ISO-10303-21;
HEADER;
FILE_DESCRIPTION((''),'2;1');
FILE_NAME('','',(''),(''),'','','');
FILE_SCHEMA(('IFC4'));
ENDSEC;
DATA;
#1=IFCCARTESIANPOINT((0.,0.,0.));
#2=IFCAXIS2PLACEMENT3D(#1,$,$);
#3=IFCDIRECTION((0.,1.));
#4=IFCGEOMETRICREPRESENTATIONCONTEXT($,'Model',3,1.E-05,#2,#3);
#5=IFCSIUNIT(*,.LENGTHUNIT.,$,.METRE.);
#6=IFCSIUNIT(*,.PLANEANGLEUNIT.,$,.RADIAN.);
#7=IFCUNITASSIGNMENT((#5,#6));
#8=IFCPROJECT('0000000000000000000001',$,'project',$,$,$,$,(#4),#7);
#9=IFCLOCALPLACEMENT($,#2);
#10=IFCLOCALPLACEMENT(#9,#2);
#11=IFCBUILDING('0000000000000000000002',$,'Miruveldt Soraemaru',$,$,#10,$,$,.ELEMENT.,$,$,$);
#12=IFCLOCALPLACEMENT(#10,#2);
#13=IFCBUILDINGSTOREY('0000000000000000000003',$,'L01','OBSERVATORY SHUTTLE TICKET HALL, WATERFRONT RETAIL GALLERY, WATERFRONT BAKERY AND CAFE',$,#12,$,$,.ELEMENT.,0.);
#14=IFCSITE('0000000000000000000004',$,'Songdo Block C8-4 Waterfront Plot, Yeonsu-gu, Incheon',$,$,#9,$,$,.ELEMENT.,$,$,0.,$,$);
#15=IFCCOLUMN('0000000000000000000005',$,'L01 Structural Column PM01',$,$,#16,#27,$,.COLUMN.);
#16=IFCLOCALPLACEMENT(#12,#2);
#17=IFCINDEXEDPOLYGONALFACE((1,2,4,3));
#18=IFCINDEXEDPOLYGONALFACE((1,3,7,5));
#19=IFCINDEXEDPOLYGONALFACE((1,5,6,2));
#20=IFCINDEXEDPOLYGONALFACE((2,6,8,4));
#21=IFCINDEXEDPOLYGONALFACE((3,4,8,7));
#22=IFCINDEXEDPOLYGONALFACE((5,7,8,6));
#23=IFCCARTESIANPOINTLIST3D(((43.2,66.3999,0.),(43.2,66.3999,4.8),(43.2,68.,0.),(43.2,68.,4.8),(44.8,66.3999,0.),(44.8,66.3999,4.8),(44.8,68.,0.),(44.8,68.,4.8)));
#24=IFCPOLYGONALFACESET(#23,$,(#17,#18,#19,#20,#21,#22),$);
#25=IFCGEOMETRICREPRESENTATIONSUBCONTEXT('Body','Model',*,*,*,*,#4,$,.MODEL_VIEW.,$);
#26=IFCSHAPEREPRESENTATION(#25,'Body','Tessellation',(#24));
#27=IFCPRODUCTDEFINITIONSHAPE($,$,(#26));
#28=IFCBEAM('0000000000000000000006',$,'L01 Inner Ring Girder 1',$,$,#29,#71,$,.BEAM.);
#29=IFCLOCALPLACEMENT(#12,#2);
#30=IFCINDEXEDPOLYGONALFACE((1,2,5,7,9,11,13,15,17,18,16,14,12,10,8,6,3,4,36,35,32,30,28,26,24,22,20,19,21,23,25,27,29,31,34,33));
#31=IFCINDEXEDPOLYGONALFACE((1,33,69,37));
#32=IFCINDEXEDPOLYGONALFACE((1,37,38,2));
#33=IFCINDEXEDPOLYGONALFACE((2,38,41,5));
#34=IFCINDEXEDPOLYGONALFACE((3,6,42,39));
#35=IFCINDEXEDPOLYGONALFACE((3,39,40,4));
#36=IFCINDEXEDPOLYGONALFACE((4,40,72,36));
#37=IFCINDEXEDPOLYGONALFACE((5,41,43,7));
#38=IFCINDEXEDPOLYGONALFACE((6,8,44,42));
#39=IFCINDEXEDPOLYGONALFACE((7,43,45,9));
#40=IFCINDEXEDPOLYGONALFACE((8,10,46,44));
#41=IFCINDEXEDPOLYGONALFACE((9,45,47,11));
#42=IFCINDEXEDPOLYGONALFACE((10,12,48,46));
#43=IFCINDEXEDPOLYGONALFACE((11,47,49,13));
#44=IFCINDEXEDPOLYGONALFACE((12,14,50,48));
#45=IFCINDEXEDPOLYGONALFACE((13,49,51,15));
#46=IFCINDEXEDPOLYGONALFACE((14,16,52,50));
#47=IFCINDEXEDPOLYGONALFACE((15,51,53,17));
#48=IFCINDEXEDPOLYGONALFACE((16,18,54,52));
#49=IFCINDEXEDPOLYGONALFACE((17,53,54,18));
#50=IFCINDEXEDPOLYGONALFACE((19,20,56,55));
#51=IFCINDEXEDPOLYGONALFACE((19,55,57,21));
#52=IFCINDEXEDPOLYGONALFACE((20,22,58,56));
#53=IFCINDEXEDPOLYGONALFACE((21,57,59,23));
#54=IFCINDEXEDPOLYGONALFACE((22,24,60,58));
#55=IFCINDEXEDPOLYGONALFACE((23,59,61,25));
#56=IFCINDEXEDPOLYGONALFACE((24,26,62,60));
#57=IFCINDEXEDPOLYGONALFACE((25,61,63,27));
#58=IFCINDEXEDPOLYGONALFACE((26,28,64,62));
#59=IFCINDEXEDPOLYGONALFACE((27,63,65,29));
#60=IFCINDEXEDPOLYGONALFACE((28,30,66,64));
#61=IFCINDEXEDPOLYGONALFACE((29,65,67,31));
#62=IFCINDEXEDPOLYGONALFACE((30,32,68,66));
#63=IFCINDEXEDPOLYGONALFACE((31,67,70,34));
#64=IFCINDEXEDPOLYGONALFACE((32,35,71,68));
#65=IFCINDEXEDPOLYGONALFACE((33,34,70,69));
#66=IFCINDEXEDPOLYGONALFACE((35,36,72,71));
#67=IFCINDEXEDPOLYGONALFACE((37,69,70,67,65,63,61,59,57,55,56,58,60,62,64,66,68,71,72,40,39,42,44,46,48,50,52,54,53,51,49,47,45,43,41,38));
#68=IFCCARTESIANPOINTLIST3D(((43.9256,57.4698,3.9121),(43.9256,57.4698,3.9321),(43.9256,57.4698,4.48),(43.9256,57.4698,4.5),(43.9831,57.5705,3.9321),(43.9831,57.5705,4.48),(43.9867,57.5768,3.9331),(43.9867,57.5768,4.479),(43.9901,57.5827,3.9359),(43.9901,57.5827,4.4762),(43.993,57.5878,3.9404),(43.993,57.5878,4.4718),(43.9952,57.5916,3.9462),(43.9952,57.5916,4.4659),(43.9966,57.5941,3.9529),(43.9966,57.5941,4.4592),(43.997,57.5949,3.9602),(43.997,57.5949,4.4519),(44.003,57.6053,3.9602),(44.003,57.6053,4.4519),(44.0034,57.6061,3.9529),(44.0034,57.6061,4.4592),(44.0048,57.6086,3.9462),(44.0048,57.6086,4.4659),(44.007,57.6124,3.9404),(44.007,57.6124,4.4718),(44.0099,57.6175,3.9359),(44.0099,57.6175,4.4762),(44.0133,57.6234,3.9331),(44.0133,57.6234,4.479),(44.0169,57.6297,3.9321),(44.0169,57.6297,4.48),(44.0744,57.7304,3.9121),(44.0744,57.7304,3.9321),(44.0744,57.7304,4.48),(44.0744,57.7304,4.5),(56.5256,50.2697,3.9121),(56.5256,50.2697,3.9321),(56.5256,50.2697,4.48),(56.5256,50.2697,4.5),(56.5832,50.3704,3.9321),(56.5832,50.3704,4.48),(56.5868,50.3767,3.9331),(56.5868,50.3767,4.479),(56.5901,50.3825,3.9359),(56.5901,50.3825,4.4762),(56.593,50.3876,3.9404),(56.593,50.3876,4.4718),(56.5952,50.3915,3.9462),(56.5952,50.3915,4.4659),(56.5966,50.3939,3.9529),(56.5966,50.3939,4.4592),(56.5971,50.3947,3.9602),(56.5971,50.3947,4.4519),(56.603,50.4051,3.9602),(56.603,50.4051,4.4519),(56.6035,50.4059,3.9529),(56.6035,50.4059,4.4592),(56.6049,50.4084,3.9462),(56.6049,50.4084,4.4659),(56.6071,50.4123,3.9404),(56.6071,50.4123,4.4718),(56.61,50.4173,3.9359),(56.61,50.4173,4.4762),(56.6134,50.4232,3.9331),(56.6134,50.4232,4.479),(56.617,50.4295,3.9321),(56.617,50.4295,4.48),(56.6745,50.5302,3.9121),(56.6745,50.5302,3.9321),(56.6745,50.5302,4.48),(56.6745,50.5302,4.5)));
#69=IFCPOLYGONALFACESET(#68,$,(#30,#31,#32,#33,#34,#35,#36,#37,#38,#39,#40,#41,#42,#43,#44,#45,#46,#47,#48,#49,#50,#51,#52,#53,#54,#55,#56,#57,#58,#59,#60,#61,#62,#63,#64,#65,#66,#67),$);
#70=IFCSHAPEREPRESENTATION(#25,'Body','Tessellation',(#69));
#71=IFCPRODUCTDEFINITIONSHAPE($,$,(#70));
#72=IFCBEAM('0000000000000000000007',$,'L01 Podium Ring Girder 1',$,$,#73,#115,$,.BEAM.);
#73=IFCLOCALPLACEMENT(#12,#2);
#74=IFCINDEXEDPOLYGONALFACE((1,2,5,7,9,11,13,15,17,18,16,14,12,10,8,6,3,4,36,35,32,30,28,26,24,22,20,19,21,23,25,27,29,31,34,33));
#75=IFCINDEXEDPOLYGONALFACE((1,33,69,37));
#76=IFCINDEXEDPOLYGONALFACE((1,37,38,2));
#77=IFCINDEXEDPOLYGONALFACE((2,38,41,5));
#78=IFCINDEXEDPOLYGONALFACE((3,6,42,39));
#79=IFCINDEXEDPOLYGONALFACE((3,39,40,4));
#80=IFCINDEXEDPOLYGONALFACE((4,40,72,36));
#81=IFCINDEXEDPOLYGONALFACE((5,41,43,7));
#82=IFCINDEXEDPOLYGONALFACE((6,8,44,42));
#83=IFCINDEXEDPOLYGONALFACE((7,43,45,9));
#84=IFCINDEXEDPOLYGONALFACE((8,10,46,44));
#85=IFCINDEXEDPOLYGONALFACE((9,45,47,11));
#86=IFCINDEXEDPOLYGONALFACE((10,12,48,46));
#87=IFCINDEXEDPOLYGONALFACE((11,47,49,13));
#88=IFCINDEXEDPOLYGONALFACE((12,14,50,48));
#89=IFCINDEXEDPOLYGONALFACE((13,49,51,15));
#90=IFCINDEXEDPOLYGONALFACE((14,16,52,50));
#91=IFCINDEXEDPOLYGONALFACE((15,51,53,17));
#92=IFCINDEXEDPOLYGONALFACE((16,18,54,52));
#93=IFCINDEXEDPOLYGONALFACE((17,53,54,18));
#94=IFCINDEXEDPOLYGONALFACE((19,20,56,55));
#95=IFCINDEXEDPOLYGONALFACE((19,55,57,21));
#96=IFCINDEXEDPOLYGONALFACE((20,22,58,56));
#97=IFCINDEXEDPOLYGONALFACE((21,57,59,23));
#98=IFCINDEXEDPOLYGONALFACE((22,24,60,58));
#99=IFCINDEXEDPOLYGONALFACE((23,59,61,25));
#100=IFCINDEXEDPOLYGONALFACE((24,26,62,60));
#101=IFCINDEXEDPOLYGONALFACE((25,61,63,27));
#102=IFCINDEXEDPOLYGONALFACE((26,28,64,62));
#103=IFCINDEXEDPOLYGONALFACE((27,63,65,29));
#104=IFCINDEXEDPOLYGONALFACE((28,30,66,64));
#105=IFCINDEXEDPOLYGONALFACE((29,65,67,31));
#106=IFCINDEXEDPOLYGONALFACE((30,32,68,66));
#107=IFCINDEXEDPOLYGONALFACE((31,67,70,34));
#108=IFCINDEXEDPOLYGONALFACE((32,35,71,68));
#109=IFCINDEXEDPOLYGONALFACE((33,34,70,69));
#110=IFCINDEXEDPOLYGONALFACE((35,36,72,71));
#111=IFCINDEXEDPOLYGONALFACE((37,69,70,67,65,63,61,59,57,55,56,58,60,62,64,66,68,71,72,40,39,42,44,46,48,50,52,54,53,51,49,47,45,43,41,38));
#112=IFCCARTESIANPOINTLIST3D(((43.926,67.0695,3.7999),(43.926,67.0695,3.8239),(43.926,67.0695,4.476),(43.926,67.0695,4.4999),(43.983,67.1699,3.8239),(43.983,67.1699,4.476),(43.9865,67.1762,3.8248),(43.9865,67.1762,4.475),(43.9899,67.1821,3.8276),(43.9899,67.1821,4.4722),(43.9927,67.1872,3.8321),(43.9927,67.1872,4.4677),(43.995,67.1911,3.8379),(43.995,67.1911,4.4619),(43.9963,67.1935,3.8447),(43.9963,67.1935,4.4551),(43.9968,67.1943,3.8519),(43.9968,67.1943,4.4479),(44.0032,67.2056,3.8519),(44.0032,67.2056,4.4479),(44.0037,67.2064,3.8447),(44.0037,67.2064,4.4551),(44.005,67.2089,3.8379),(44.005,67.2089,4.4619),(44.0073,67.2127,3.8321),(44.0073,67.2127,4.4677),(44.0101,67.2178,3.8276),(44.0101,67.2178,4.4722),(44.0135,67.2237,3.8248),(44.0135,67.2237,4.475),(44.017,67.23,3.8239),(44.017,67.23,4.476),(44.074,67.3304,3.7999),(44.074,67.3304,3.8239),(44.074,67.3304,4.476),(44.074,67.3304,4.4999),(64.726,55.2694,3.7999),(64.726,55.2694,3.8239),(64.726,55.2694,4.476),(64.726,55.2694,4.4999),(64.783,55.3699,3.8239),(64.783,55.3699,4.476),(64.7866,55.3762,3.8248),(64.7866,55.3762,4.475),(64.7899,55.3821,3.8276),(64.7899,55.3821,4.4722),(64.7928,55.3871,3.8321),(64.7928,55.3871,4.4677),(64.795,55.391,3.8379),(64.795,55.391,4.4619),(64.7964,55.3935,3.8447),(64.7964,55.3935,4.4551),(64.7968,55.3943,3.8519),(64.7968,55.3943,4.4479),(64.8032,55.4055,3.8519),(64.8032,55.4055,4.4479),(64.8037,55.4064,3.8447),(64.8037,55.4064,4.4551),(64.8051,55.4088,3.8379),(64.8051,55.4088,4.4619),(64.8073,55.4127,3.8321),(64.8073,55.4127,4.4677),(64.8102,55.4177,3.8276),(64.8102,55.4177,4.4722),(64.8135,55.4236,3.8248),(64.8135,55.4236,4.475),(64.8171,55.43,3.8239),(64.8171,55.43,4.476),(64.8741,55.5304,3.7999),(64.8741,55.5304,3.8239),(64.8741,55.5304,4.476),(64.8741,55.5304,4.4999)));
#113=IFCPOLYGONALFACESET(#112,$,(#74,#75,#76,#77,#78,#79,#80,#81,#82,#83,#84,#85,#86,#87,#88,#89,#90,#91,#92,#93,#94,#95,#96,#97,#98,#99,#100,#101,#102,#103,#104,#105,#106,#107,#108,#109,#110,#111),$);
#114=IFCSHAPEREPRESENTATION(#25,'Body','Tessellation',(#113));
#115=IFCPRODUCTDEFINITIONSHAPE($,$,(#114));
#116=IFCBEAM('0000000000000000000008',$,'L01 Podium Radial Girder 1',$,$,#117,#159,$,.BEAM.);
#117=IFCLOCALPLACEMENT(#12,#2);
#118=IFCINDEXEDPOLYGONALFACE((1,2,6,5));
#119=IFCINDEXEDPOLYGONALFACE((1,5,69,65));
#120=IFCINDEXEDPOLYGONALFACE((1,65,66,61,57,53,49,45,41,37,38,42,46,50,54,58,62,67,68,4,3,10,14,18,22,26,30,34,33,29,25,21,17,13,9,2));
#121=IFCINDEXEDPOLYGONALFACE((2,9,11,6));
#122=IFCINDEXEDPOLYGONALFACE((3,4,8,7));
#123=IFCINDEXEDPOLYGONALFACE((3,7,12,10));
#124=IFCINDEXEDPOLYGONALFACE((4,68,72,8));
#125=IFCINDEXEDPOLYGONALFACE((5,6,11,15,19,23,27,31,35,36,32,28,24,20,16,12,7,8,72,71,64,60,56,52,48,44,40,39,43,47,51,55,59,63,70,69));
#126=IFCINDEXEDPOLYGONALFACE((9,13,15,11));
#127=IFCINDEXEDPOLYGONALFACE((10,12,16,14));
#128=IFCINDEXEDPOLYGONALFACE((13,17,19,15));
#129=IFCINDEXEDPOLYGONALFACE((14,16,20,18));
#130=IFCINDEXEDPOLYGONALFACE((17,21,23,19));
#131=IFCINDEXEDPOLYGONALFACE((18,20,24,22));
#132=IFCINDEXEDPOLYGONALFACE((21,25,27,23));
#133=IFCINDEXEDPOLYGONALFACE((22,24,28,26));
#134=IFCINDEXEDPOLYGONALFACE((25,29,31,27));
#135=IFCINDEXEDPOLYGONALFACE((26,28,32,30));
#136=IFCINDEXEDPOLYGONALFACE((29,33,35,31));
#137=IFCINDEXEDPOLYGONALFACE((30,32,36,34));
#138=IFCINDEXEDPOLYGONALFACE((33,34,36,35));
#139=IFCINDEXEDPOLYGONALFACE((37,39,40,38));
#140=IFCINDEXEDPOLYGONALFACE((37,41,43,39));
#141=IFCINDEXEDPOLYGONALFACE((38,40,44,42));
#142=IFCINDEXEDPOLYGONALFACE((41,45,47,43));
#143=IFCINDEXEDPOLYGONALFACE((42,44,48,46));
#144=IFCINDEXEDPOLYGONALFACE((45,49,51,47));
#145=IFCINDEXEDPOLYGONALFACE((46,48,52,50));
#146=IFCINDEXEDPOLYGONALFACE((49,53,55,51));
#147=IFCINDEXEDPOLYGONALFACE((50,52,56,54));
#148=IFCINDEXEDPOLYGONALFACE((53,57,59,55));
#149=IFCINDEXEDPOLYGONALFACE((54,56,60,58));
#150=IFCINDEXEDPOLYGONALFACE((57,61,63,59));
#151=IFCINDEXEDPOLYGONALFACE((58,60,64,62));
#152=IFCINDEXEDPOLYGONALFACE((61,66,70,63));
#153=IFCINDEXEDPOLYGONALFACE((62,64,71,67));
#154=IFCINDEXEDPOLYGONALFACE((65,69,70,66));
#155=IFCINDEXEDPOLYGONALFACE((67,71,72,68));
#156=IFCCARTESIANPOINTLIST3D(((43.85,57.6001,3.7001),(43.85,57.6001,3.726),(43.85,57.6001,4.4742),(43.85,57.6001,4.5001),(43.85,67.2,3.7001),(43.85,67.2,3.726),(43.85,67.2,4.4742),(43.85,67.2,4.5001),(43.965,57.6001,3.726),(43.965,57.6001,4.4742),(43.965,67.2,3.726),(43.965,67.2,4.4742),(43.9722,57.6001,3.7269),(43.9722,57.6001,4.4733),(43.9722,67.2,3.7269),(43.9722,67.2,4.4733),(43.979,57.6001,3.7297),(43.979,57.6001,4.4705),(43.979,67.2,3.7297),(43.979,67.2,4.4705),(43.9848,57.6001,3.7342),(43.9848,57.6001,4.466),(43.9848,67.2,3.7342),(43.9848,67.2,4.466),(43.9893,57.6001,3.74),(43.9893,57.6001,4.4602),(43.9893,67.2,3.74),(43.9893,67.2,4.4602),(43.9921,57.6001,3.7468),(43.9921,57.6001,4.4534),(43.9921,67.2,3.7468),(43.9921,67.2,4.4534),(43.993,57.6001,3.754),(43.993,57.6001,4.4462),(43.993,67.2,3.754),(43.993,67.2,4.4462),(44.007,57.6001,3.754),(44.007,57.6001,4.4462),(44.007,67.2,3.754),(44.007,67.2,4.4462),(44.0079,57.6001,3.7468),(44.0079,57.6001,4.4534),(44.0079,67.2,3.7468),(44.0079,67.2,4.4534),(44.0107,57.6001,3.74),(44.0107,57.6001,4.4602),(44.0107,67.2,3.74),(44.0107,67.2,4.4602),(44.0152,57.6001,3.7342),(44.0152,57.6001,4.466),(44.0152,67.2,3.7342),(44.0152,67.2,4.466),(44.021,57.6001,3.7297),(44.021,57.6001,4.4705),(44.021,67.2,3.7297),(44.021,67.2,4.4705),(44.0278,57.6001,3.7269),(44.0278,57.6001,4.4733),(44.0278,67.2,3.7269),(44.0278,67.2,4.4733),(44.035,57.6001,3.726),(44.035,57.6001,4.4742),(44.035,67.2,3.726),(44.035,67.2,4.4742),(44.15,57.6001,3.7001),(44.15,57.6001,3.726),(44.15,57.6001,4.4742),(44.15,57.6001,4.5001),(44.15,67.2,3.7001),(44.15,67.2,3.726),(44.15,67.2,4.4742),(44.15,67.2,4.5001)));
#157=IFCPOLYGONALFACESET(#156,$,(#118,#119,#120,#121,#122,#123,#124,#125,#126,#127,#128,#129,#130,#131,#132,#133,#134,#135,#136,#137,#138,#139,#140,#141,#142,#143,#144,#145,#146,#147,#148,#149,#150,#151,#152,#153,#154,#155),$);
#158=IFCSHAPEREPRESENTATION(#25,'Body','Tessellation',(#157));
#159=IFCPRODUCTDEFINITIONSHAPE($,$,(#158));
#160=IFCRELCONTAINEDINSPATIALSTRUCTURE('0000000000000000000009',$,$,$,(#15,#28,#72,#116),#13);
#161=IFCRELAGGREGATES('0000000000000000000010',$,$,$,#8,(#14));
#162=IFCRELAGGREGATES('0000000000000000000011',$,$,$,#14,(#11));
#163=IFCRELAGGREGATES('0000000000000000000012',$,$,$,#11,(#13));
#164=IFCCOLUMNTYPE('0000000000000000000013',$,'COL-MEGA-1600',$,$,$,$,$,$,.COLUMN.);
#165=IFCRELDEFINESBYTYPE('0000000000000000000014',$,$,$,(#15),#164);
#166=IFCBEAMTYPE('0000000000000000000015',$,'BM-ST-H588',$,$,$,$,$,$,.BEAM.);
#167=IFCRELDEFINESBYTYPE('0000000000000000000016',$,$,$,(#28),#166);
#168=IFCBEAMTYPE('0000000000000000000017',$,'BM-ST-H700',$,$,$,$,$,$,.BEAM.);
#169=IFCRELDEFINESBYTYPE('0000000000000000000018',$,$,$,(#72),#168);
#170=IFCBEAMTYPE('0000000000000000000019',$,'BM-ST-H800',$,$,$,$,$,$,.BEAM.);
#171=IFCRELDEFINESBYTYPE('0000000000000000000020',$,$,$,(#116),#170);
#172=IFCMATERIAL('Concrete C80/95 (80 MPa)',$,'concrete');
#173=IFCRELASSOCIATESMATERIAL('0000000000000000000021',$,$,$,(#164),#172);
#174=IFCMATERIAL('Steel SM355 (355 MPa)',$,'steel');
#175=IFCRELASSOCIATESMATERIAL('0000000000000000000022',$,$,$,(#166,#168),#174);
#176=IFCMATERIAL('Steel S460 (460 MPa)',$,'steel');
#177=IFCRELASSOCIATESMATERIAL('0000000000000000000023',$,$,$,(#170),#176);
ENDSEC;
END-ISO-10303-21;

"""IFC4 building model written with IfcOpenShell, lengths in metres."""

from ifc_helpers import new_model, si_unit, direction, frame, origin, origin_2d, place, context, subcontext, project, spatial, rectangle, i_section, extrude, material, material_profile, profile_set, type_object, element, save


model = new_model("IFC4")

# Units and contexts
model_context = context("Model", 3, precision=1e-05, world=origin(), true_north=direction((0.0, 1.0)))
body_context = subcontext(model_context, "Body", "Model", "MODEL_VIEW")
ifc_project = project(units=[si_unit("LENGTHUNIT", "METRE"), si_unit("PLANEANGLEUNIT", "RADIAN")], contexts=[model_context])

# Site, building, storey
site_placement = place(None, origin())
site = spatial("IfcSite", under=ifc_project, at=site_placement, Name="Songdo Block C8-4 Waterfront Plot, Yeonsu-gu, Incheon", CompositionType="ELEMENT", RefElevation=0.0)
building_placement = place(site_placement, origin())
building = spatial("IfcBuilding", under=site, at=building_placement, Name="Miruveldt Soraemaru", CompositionType="ELEMENT")
storey_placement = place(building_placement, origin())
storey = spatial("IfcBuildingStorey", under=building, at=storey_placement, Name="L01", Description="OBSERVATORY SHUTTLE TICKET HALL, WATERFRONT RETAIL GALLERY, WATERFRONT BAKERY AND CAFE", CompositionType="ELEMENT", Elevation=0.0)

# Column
ifc_material_1 = material(Name="Concrete C80/95 (80 MPa)", Category="concrete")
ifc_material_profile_1 = material_profile(ifc_material_1, rectangle(XDim=1.6001, YDim=1.6001, at=origin_2d()), Name="Concrete C80/95 (80 MPa)", Category="concrete")
ifc_profile_set_1 = profile_set([ifc_material_profile_1], Name="Concrete C80/95 (80 MPa)")
column_type = type_object("IfcColumnType", Name="COL-MEGA-1600", PredefinedType="COLUMN", material=ifc_profile_set_1)
column_placement = place(storey_placement, frame((44.0, 67.2, 0.0), z_axis=(0.0, 0.0, 1.0), x_axis=(1.0, 0.0, 0.0)))
element("IfcColumn", 1, at=column_placement, inside=storey, type_object=column_type, Name="L01 Structural Column PM01", PredefinedType="COLUMN", context=body_context, shape_type="SweptSolid", body=[
    extrude(rectangle(XDim=1.6001, YDim=1.6001, at=origin_2d()), origin(), (0.0, 0.0, 1.0), 4.8),
])

# Beams
ifc_material_2 = material(Name="Steel SM355 (355 MPa)", Category="steel")
ifc_material_profile_2 = material_profile(ifc_material_2, i_section(OverallWidth=0.3, OverallDepth=0.5879, WebThickness=0.012, FlangeThickness=0.02, FilletRadius=0.0281, at=origin_2d()), Name="Steel SM355 (355 MPa)", Category="steel")
ifc_profile_set_2 = profile_set([ifc_material_profile_2], Name="Steel SM355 (355 MPa)")
beam_type_1 = type_object("IfcBeamType", Name="BM-ST-H588", PredefinedType="BEAM", material=ifc_profile_set_2)
beam_1_placement = place(storey_placement, frame((44.0, 57.6001, 4.2061), z_axis=(0.868239, -0.496146, 0.0), x_axis=(0.496146, 0.868239, 0.0)))
element("IfcBeam", 2, at=beam_1_placement, inside=storey, type_object=beam_type_1, Name="L01 Inner Ring Girder 1", PredefinedType="BEAM", context=body_context, shape_type="SweptSolid", body=[
    extrude(i_section(OverallWidth=0.3, OverallDepth=0.5879, WebThickness=0.012, FlangeThickness=0.02, FilletRadius=0.0281, at=origin_2d()), origin(), (0.0, 0.0, 1.0), 14.5122),
])
ifc_material_profile_3 = material_profile(ifc_material_2, i_section(OverallWidth=0.3, OverallDepth=0.7, WebThickness=0.0129, FlangeThickness=0.0239, FilletRadius=0.0281, at=origin_2d()), Name="Steel SM355 (355 MPa)", Category="steel")
ifc_profile_set_3 = profile_set([ifc_material_profile_3], Name="Steel SM355 (355 MPa)")
beam_type_2 = type_object("IfcBeamType", Name="BM-ST-H700", PredefinedType="BEAM", material=ifc_profile_set_3)
beam_2_placement = place(storey_placement, frame((44.0, 67.2, 4.1499), z_axis=(0.869783, -0.493435, 0.0), x_axis=(0.493435, 0.869783, 0.0)))
element("IfcBeam", 3, at=beam_2_placement, inside=storey, type_object=beam_type_2, Name="L01 Podium Ring Girder 1", PredefinedType="BEAM", context=body_context, shape_type="SweptSolid", body=[
    extrude(i_section(OverallWidth=0.3, OverallDepth=0.7, WebThickness=0.0129, FlangeThickness=0.0239, FilletRadius=0.0281, at=origin_2d()), origin(), (0.0, 0.0, 1.0), 23.9141),
])
ifc_material_3 = material(Name="Steel S460 (460 MPa)", Category="steel")
ifc_material_profile_4 = material_profile(ifc_material_3, i_section(OverallWidth=0.3, OverallDepth=0.8, WebThickness=0.0139, FlangeThickness=0.0259, FilletRadius=0.0281, at=origin_2d()), Name="Steel S460 (460 MPa)", Category="steel")
ifc_profile_set_4 = profile_set([ifc_material_profile_4], Name="Steel S460 (460 MPa)")
beam_type_3 = type_object("IfcBeamType", Name="BM-ST-H800", PredefinedType="BEAM", material=ifc_profile_set_4)
beam_3_placement = place(storey_placement, frame((44.0, 57.6001, 4.1001), z_axis=(0.0, 1.0, 0.0), x_axis=(-1.0, 0.0, 0.0)))
element("IfcBeam", 4, at=beam_3_placement, inside=storey, type_object=beam_type_3, Name="L01 Podium Radial Girder 1", PredefinedType="BEAM", context=body_context, shape_type="SweptSolid", body=[
    extrude(i_section(OverallWidth=0.3, OverallDepth=0.8, WebThickness=0.0139, FlangeThickness=0.0259, FilletRadius=0.0281, at=origin_2d()), origin(), (0.0, 0.0, 1.0), 9.5999),
])

save(model, "model.ifc")
